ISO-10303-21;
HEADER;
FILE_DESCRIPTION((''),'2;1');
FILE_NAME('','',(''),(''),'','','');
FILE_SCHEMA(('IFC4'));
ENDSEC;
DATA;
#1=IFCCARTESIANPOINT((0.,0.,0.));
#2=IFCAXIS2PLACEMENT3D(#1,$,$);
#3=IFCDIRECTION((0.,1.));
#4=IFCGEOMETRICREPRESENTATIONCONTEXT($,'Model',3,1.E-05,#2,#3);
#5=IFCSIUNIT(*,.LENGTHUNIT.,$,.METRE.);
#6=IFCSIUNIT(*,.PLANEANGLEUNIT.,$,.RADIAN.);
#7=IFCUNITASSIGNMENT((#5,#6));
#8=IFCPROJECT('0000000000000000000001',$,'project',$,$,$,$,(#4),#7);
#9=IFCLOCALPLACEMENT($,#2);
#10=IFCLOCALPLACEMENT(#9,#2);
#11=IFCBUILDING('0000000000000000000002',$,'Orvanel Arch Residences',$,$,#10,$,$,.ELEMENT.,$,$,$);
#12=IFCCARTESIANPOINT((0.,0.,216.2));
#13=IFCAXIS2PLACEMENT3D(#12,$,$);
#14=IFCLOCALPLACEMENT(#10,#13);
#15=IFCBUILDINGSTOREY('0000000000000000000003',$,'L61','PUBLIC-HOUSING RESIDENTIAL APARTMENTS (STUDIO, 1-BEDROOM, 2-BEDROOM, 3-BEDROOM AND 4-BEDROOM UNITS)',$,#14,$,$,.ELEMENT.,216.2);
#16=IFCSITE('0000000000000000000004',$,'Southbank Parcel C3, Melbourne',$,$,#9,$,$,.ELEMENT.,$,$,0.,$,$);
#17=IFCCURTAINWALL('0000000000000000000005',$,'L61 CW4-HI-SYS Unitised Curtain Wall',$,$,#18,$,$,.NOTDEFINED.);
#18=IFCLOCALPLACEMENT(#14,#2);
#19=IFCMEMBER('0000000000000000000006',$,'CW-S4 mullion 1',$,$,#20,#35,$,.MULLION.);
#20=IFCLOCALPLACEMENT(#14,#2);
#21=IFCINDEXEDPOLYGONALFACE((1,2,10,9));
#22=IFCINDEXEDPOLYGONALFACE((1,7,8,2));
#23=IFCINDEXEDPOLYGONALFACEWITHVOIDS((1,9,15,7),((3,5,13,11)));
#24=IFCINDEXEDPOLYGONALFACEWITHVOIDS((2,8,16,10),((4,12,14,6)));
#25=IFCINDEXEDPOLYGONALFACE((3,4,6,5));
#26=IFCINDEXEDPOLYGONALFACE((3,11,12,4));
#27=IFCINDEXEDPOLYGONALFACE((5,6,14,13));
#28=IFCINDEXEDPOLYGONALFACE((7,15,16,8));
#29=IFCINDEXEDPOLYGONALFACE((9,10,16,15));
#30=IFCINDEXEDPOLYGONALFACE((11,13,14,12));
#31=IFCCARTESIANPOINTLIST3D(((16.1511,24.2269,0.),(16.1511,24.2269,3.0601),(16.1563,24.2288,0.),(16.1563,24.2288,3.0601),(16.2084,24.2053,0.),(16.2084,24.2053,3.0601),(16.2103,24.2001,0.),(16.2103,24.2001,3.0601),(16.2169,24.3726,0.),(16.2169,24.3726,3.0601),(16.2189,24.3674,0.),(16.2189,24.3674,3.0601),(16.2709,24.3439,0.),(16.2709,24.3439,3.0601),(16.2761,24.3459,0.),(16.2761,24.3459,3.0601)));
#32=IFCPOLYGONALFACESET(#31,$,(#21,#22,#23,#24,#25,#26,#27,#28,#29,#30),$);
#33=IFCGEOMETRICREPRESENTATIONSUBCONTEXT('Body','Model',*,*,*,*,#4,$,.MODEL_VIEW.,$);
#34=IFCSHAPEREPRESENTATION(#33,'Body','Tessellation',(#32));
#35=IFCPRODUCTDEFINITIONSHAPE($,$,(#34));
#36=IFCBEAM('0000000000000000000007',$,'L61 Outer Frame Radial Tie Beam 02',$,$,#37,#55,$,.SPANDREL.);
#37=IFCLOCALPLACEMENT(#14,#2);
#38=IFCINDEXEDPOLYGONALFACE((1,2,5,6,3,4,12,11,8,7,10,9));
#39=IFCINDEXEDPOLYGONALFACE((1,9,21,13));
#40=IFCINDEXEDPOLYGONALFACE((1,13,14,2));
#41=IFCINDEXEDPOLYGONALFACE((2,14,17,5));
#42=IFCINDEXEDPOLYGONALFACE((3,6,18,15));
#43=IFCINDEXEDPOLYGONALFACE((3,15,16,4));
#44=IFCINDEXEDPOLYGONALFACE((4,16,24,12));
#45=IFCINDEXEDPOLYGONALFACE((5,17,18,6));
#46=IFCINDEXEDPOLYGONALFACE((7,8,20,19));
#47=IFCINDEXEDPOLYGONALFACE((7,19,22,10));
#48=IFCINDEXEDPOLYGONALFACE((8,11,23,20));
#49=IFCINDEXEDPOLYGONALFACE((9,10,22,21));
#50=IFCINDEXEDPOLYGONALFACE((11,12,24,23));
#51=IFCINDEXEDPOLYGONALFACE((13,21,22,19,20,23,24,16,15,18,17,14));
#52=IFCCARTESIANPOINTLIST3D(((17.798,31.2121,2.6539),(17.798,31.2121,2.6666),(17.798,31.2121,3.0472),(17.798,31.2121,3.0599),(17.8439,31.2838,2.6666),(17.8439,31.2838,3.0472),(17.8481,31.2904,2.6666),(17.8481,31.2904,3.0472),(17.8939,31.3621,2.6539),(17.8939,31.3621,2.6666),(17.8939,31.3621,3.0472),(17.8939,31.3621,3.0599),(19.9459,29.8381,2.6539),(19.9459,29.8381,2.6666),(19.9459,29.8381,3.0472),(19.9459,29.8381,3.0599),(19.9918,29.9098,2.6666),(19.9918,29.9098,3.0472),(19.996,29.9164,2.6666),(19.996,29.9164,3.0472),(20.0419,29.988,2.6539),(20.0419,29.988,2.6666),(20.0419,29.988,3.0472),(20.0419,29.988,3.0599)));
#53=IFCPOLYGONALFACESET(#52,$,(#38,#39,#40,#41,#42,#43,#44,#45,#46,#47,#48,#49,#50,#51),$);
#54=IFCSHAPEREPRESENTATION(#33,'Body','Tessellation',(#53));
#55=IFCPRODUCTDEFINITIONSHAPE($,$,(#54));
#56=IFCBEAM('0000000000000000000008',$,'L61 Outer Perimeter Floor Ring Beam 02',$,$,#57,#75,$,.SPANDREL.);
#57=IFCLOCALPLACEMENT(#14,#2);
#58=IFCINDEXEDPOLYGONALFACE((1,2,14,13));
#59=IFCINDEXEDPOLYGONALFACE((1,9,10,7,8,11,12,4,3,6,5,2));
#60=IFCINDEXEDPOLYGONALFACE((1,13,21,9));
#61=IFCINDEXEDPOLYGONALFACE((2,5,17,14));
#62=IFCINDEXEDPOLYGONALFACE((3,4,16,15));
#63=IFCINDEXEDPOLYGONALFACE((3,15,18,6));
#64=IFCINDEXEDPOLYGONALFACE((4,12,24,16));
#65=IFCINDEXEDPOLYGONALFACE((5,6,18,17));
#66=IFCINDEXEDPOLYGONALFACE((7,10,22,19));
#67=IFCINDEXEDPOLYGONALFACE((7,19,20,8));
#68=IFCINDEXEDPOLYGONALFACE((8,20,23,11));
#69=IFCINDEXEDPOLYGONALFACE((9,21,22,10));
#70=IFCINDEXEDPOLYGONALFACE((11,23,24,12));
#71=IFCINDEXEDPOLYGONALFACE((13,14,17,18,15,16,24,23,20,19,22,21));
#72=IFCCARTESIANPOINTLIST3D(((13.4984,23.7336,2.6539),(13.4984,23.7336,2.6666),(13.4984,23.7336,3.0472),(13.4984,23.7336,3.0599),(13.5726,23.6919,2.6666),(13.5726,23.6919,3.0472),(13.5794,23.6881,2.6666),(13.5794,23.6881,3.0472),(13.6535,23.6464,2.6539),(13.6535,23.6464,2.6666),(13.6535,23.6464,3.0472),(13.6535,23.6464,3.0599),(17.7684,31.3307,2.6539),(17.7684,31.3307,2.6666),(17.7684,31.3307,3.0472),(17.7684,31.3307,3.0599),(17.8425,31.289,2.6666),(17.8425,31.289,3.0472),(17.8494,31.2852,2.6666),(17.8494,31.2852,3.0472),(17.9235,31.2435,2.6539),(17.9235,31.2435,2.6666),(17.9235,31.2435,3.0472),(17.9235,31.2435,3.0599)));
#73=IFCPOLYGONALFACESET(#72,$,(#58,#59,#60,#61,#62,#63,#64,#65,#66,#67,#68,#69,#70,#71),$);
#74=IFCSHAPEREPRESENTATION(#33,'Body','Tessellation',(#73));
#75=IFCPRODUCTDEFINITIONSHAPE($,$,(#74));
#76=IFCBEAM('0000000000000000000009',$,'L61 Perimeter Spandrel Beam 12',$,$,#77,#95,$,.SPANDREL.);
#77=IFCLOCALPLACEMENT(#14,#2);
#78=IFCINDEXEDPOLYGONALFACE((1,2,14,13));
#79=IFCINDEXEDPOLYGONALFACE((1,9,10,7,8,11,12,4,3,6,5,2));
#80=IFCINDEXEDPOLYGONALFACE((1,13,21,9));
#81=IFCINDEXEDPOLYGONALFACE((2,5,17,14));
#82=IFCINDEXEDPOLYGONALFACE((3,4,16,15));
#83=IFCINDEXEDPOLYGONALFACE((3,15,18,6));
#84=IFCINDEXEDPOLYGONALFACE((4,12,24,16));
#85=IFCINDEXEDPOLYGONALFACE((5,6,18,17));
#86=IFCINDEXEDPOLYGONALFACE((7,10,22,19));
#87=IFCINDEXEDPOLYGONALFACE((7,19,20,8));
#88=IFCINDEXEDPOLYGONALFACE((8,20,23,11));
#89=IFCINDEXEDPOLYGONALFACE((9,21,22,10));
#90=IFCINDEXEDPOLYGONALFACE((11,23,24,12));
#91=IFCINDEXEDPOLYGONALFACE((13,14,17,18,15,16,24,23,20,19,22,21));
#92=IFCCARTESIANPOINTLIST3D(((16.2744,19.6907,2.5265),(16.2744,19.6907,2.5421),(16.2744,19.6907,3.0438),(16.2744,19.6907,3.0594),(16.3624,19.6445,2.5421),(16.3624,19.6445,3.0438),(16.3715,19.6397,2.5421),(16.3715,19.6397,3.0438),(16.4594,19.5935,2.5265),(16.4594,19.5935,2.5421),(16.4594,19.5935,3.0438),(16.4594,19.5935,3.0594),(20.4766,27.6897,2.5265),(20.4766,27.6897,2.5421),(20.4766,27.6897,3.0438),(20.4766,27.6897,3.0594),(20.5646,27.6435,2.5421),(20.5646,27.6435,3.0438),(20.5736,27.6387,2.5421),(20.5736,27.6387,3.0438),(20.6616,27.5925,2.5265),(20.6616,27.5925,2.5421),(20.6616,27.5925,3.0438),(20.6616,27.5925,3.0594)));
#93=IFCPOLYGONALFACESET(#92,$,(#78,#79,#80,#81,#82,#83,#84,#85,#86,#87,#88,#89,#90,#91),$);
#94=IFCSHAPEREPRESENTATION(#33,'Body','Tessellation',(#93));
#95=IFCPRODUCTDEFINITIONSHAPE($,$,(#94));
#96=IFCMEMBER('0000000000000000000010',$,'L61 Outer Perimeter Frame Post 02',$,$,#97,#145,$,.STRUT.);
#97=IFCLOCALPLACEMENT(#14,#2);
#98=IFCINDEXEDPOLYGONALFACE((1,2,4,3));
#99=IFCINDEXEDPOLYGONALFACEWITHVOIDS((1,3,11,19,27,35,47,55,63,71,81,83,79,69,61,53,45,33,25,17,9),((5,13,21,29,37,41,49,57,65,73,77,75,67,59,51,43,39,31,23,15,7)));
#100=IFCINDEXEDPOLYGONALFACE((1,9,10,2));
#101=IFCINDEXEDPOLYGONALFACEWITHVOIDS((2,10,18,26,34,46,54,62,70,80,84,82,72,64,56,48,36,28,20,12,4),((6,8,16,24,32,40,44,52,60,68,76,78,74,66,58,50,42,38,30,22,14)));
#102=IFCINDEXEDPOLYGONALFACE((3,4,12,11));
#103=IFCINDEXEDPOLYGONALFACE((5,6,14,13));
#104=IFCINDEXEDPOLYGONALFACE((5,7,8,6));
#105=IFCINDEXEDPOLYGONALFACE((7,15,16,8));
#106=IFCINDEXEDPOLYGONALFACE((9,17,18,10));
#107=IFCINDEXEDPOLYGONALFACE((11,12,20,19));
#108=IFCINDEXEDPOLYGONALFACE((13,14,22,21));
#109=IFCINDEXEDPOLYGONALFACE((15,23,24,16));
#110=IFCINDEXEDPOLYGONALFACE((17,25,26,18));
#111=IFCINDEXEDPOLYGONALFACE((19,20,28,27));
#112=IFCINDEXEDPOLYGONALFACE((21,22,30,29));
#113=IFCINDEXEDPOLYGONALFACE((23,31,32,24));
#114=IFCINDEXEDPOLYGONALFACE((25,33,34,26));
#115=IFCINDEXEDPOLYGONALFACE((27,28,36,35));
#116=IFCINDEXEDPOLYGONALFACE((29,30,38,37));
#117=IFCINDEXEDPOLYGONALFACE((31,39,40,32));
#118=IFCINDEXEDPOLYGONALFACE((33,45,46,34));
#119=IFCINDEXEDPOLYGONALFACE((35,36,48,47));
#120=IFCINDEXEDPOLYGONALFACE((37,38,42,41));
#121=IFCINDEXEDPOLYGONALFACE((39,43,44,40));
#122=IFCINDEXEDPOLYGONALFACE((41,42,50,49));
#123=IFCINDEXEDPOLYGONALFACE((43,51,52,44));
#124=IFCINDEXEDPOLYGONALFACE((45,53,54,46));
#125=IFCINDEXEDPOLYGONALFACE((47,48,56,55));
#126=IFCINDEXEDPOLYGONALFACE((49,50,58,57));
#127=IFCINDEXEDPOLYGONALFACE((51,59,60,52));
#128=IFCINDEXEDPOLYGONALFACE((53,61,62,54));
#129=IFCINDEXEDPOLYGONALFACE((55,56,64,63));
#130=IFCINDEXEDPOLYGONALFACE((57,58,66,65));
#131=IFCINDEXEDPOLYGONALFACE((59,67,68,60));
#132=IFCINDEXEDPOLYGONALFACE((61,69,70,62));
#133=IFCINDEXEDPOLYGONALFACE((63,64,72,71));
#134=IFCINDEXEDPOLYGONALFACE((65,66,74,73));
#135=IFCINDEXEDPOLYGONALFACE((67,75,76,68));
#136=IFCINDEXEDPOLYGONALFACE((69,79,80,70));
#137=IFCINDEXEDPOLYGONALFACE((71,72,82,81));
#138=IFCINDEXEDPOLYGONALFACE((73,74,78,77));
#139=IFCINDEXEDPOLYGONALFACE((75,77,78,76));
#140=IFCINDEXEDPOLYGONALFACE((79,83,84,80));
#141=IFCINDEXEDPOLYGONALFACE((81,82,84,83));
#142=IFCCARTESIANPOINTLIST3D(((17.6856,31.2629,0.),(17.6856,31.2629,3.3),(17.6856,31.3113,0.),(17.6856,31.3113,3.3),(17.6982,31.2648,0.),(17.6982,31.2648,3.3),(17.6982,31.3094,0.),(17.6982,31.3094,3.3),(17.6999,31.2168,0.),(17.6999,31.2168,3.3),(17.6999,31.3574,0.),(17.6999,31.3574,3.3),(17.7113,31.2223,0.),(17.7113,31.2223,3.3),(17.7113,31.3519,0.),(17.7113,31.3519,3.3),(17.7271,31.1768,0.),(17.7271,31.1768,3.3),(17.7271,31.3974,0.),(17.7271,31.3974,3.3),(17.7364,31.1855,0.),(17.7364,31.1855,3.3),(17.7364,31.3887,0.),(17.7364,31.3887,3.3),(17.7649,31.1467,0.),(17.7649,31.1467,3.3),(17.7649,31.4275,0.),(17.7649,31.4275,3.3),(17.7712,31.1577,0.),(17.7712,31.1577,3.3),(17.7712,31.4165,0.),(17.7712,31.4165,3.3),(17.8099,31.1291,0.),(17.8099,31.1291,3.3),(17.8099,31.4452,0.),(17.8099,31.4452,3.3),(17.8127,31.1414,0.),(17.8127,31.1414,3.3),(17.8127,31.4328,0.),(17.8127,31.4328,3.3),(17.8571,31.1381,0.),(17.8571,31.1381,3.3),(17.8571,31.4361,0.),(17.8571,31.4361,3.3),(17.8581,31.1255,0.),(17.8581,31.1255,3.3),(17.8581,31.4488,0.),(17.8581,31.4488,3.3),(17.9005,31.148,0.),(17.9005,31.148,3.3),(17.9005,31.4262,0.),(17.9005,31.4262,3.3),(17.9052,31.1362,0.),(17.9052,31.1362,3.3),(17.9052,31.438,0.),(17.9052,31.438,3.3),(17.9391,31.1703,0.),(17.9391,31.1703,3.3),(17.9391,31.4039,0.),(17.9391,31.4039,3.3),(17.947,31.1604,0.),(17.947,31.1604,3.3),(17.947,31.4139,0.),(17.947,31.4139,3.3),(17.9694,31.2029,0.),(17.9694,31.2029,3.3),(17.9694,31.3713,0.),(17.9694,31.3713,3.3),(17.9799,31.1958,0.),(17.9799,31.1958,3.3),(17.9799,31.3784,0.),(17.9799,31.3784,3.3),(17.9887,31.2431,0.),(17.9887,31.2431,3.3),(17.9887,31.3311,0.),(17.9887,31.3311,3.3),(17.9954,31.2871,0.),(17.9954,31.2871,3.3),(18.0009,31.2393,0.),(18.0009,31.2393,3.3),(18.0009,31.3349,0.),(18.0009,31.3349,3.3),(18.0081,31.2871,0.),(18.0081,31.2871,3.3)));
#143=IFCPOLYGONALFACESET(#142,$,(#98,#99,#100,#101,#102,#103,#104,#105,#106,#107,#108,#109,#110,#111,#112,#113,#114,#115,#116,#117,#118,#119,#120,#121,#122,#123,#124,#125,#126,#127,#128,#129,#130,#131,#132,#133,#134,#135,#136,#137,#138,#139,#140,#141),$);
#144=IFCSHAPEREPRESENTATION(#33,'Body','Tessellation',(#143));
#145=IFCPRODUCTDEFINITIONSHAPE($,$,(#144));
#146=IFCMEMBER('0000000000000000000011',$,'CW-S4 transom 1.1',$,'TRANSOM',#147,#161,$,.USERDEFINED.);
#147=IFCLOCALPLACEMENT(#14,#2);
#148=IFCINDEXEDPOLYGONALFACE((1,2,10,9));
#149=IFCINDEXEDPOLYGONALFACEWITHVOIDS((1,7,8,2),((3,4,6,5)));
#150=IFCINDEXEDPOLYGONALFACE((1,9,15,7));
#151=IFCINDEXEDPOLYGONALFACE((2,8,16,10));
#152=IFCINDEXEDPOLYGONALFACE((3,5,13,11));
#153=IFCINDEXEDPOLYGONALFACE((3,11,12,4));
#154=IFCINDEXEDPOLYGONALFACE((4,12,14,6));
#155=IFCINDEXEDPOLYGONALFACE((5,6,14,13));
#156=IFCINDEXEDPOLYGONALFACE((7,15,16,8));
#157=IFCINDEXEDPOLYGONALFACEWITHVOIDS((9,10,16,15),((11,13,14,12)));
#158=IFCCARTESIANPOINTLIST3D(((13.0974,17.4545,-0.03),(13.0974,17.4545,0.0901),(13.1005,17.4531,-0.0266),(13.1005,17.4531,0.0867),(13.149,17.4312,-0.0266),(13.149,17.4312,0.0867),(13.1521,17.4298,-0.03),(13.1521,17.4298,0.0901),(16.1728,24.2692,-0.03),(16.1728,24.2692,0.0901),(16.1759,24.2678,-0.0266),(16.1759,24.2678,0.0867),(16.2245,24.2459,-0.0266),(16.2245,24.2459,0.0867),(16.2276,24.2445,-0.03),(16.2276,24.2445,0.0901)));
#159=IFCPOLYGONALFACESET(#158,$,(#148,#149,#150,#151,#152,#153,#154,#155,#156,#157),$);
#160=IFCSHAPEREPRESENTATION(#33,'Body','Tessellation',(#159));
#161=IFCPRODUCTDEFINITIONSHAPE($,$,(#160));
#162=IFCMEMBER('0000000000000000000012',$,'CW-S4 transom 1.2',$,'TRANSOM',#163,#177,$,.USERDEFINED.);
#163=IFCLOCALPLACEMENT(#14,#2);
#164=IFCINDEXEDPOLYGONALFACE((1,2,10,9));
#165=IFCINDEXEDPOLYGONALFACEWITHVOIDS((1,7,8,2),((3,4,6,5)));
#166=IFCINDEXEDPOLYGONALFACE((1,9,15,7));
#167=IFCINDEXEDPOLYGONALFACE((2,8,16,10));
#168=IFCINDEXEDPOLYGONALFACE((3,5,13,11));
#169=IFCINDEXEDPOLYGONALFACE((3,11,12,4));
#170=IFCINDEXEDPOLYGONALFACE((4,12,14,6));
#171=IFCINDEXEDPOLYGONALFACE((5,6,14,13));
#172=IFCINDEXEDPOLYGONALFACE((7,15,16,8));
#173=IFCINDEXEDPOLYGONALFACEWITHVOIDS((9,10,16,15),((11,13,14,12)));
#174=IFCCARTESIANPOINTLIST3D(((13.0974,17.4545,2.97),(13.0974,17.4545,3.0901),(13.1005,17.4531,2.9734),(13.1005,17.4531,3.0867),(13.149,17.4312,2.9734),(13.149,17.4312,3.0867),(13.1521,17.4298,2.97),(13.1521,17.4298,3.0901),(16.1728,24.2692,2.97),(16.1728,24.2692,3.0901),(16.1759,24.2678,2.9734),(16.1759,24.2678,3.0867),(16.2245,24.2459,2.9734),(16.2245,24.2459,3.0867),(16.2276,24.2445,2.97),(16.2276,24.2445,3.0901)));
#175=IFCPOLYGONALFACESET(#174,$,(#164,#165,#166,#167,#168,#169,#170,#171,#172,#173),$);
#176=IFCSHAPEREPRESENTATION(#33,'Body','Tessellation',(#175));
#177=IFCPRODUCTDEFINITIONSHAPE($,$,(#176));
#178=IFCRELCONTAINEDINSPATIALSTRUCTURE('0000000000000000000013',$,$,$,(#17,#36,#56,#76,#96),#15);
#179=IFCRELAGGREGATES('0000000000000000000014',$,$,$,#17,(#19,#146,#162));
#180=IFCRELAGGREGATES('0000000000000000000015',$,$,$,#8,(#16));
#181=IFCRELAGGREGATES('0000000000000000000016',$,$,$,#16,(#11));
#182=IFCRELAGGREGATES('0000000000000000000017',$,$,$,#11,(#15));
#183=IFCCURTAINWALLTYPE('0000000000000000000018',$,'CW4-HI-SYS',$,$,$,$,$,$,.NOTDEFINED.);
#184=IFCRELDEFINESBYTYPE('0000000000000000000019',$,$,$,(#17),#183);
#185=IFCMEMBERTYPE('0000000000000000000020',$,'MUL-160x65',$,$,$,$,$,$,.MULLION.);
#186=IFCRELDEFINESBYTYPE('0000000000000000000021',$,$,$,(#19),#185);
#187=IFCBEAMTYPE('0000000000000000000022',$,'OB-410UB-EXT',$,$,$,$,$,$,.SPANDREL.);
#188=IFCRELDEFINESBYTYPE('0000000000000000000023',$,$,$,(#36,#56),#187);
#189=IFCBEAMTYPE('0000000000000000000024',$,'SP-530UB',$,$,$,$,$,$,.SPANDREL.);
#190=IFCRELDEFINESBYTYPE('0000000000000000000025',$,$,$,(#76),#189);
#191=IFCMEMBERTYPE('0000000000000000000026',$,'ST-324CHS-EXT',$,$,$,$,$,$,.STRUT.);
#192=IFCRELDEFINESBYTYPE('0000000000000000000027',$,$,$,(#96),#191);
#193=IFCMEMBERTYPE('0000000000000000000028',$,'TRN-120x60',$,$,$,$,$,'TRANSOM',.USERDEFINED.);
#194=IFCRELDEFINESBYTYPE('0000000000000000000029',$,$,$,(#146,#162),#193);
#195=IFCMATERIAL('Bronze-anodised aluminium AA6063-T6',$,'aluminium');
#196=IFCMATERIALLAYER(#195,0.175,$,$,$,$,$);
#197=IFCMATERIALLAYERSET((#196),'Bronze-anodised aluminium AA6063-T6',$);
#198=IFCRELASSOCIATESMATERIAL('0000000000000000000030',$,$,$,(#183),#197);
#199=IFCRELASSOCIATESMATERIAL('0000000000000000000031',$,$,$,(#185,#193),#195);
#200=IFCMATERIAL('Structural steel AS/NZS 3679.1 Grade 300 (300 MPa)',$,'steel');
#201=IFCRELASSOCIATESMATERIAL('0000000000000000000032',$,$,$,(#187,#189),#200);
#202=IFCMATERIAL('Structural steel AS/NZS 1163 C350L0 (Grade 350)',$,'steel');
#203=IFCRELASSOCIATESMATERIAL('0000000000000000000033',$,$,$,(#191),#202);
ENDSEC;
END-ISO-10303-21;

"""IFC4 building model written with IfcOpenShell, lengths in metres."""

from ifc_helpers import new_model, si_unit, direction, frame, origin, origin_2d, place, context, subcontext, project, spatial, hollow_rectangle, hollow_circle, i_section, extrude, material, layer, layer_set, material_profile, profile_set, type_object, element, aggregate, save


model = new_model("IFC4")

# Units and contexts
model_context = context("Model", 3, precision=1e-05, world=origin(), true_north=direction((0.0, 1.0)))
body_context = subcontext(model_context, "Body", "Model", "MODEL_VIEW")
ifc_project = project(units=[si_unit("LENGTHUNIT", "METRE"), si_unit("PLANEANGLEUNIT", "RADIAN")], contexts=[model_context])

# Site, building, storey
site_placement = place(None, origin())
site = spatial("IfcSite", under=ifc_project, at=site_placement, Name="Southbank Parcel C3, Melbourne", CompositionType="ELEMENT", RefElevation=0.0)
building_placement = place(site_placement, origin())
building = spatial("IfcBuilding", under=site, at=building_placement, Name="Orvanel Arch Residences", CompositionType="ELEMENT")
storey_placement = place(building_placement, frame((0.0, 0.0, 216.2)))
storey = spatial("IfcBuildingStorey", under=building, at=storey_placement, Name="L61", Description="PUBLIC-HOUSING RESIDENTIAL APARTMENTS (STUDIO, 1-BEDROOM, 2-BEDROOM, 3-BEDROOM AND 4-BEDROOM UNITS)", CompositionType="ELEMENT", Elevation=216.2)

# Shared definitions
ifc_material_1 = material(Name="Structural steel AS/NZS 1163 C350L0 (Grade 350)", Category="steel")

# Shared definitions
ifc_material_2 = material(Name="Structural steel AS/NZS 3679.1 Grade 300 (300 MPa)", Category="steel")

# Curtain wall, member
ifc_material_3 = material(Name="Bronze-anodised aluminium AA6063-T6", Category="aluminium")
ifc_layer_1 = layer(ifc_material_3, 0.175)
ifc_layer_set_1 = layer_set([ifc_layer_1], Name="Bronze-anodised aluminium AA6063-T6")
curtain_wall_type = type_object("IfcCurtainWallType", Name="CW4-HI-SYS", PredefinedType="NOTDEFINED", material=ifc_layer_set_1)
ifc_material_profile_1 = material_profile(ifc_material_3, hollow_rectangle(XDim=0.0649, YDim=0.1599, WallThickness=0.0039, at=origin_2d()), Name="ALU160x65x4")
ifc_profile_set_1 = profile_set([ifc_material_profile_1], Name="Bronze-anodised aluminium AA6063-T6")
member_type_1 = type_object("IfcMemberType", Name="MUL-160x65", PredefinedType="MULLION", material=ifc_profile_set_1)
curtain_wall_1_placement = place(storey_placement, origin())
curtain_wall_1 = element("IfcCurtainWall", 1, at=curtain_wall_1_placement, inside=storey, type_object=curtain_wall_type, Name="L61 CW4-HI-SYS Unitised Curtain Wall", PredefinedType="NOTDEFINED")
member_1_placement = place(storey_placement, frame((16.2136, 24.2864, 0.0), z_axis=(0.0, 0.0, 1.0), x_axis=(0.91148, -0.411344, 0.0)))
member_1 = element("IfcMember", 2, at=member_1_placement, type_object=member_type_1, Name="CW-S4 mullion 1", PredefinedType="MULLION", context=body_context, shape_type="SweptSolid", body=[
    extrude(hollow_rectangle(XDim=0.0649, YDim=0.1599, WallThickness=0.0039, at=origin_2d()), origin(), (0.0, 0.0, 1.0), 3.0601),
])

# Beams
ifc_material_profile_2 = material_profile(ifc_material_2, i_section(OverallWidth=0.178, OverallDepth=0.406, WebThickness=0.0078, FlangeThickness=0.0127, at=origin_2d()), Name="410UB59.7")
ifc_profile_set_2 = profile_set([ifc_material_profile_2], Name="Structural steel AS/NZS 3679.1 Grade 300 (300 MPa)")
beam_type_1 = type_object("IfcBeamType", Name="OB-410UB-EXT", PredefinedType="SPANDREL", material=ifc_profile_set_2)
beam_1_placement = place(storey_placement, frame((19.9939, 29.9131, 2.8569), z_axis=(-0.84239, 0.538869, 0.0), x_axis=(-0.538869, -0.84239, 0.0)))
element("IfcBeam", 3, at=beam_1_placement, inside=storey, type_object=beam_type_1, Name="L61 Outer Frame Radial Tie Beam 02", PredefinedType="SPANDREL", context=body_context, shape_type="SweptSolid", body=[
    extrude(i_section(OverallWidth=0.178, OverallDepth=0.406, WebThickness=0.0078, FlangeThickness=0.0127, at=origin_2d()), origin(), (0.0, 0.0, 1.0), 2.5498),
])
beam_2_placement = place(storey_placement, frame((17.8459, 31.2871, 2.8569), z_axis=(-0.489966, -0.871742, 0.0), x_axis=(0.871742, -0.489966, 0.0)))
element("IfcBeam", 4, at=beam_2_placement, inside=storey, type_object=beam_type_1, Name="L61 Outer Perimeter Floor Ring Beam 02", PredefinedType="SPANDREL", context=body_context, shape_type="SweptSolid", body=[
    extrude(i_section(OverallWidth=0.178, OverallDepth=0.406, WebThickness=0.0078, FlangeThickness=0.0127, at=origin_2d()), origin(), (0.0, 0.0, 1.0), 8.7148),
])
ifc_material_profile_3 = material_profile(ifc_material_2, i_section(OverallWidth=0.209, OverallDepth=0.533, WebThickness=0.0103, FlangeThickness=0.0156, at=origin_2d()), Name="530UB92.4")
ifc_profile_set_3 = profile_set([ifc_material_profile_3], Name="Structural steel AS/NZS 3679.1 Grade 300 (300 MPa)")
beam_type_2 = type_object("IfcBeamType", Name="SP-530UB", PredefinedType="SPANDREL", material=ifc_profile_set_3)
beam_3_placement = place(storey_placement, frame((20.5691, 27.6411, 2.793), z_axis=(-0.465065, -0.885277, 0.0), x_axis=(0.885277, -0.465065, 0.0)))
element("IfcBeam", 5, at=beam_3_placement, inside=storey, type_object=beam_type_2, Name="L61 Perimeter Spandrel Beam 12", PredefinedType="SPANDREL", context=body_context, shape_type="SweptSolid", body=[
    extrude(i_section(OverallWidth=0.209, OverallDepth=0.533, WebThickness=0.0103, FlangeThickness=0.0156, at=origin_2d()), origin(), (0.0, 0.0, 1.0), 9.0356),
])

# Members
ifc_material_profile_4 = material_profile(ifc_material_1, hollow_circle(Radius=0.1621, WallThickness=0.0127, at=origin_2d()), Name="CHS324x12.7")
ifc_profile_set_4 = profile_set([ifc_material_profile_4], Name="Structural steel AS/NZS 1163 C350L0 (Grade 350)")
member_type_2 = type_object("IfcMemberType", Name="ST-324CHS-EXT", PredefinedType="STRUT", material=ifc_profile_set_4)
member_2_placement = place(storey_placement, frame((17.8459, 31.2871, 0.0), z_axis=(0.0, 0.0, 1.0), x_axis=(1.0, 0.0, 0.0)))
element("IfcMember", 6, at=member_2_placement, inside=storey, type_object=member_type_2, Name="L61 Outer Perimeter Frame Post 02", PredefinedType="STRUT", context=body_context, shape_type="SweptSolid", body=[
    extrude(hollow_circle(Radius=0.1621, WallThickness=0.0127, at=origin_2d()), origin(), (0.0, 0.0, 1.0), 3.3),
])
ifc_material_profile_5 = material_profile(ifc_material_3, hollow_rectangle(XDim=0.0601, YDim=0.1201, WallThickness=0.0034, at=origin_2d()), Name="ALU120x60x3.5")
ifc_profile_set_5 = profile_set([ifc_material_profile_5], Name="Bronze-anodised aluminium AA6063-T6")
member_type_3 = type_object("IfcMemberType", Name="TRN-120x60", ElementType="TRANSOM", PredefinedType="USERDEFINED", material=ifc_profile_set_5)
member_3_placement = place(storey_placement, frame((16.2002, 24.2568, 0.03), z_axis=(-0.411346, -0.911479, 0.0), x_axis=(0.911479, -0.411346, 0.0)))
member_3 = element("IfcMember", 7, at=member_3_placement, type_object=member_type_3, Name="CW-S4 transom 1.1", ObjectType="TRANSOM", PredefinedType="USERDEFINED", context=body_context, shape_type="SweptSolid", body=[
    extrude(hollow_rectangle(XDim=0.0601, YDim=0.1201, WallThickness=0.0034, at=origin_2d()), origin(), (0.0, 0.0, 1.0), 7.4766),
])
member_4_placement = place(storey_placement, frame((16.2002, 24.2568, 3.03), z_axis=(-0.411346, -0.911479, 0.0), x_axis=(0.911479, -0.411346, 0.0)))
member_4 = element("IfcMember", 8, at=member_4_placement, type_object=member_type_3, Name="CW-S4 transom 1.2", ObjectType="TRANSOM", PredefinedType="USERDEFINED", context=body_context, shape_type="SweptSolid", body=[
    extrude(hollow_rectangle(XDim=0.0601, YDim=0.1201, WallThickness=0.0034, at=origin_2d()), origin(), (0.0, 0.0, 1.0), 7.4766),
])
aggregate(curtain_wall_1, [member_1, member_3, member_4])

save(model, "model.ifc")
